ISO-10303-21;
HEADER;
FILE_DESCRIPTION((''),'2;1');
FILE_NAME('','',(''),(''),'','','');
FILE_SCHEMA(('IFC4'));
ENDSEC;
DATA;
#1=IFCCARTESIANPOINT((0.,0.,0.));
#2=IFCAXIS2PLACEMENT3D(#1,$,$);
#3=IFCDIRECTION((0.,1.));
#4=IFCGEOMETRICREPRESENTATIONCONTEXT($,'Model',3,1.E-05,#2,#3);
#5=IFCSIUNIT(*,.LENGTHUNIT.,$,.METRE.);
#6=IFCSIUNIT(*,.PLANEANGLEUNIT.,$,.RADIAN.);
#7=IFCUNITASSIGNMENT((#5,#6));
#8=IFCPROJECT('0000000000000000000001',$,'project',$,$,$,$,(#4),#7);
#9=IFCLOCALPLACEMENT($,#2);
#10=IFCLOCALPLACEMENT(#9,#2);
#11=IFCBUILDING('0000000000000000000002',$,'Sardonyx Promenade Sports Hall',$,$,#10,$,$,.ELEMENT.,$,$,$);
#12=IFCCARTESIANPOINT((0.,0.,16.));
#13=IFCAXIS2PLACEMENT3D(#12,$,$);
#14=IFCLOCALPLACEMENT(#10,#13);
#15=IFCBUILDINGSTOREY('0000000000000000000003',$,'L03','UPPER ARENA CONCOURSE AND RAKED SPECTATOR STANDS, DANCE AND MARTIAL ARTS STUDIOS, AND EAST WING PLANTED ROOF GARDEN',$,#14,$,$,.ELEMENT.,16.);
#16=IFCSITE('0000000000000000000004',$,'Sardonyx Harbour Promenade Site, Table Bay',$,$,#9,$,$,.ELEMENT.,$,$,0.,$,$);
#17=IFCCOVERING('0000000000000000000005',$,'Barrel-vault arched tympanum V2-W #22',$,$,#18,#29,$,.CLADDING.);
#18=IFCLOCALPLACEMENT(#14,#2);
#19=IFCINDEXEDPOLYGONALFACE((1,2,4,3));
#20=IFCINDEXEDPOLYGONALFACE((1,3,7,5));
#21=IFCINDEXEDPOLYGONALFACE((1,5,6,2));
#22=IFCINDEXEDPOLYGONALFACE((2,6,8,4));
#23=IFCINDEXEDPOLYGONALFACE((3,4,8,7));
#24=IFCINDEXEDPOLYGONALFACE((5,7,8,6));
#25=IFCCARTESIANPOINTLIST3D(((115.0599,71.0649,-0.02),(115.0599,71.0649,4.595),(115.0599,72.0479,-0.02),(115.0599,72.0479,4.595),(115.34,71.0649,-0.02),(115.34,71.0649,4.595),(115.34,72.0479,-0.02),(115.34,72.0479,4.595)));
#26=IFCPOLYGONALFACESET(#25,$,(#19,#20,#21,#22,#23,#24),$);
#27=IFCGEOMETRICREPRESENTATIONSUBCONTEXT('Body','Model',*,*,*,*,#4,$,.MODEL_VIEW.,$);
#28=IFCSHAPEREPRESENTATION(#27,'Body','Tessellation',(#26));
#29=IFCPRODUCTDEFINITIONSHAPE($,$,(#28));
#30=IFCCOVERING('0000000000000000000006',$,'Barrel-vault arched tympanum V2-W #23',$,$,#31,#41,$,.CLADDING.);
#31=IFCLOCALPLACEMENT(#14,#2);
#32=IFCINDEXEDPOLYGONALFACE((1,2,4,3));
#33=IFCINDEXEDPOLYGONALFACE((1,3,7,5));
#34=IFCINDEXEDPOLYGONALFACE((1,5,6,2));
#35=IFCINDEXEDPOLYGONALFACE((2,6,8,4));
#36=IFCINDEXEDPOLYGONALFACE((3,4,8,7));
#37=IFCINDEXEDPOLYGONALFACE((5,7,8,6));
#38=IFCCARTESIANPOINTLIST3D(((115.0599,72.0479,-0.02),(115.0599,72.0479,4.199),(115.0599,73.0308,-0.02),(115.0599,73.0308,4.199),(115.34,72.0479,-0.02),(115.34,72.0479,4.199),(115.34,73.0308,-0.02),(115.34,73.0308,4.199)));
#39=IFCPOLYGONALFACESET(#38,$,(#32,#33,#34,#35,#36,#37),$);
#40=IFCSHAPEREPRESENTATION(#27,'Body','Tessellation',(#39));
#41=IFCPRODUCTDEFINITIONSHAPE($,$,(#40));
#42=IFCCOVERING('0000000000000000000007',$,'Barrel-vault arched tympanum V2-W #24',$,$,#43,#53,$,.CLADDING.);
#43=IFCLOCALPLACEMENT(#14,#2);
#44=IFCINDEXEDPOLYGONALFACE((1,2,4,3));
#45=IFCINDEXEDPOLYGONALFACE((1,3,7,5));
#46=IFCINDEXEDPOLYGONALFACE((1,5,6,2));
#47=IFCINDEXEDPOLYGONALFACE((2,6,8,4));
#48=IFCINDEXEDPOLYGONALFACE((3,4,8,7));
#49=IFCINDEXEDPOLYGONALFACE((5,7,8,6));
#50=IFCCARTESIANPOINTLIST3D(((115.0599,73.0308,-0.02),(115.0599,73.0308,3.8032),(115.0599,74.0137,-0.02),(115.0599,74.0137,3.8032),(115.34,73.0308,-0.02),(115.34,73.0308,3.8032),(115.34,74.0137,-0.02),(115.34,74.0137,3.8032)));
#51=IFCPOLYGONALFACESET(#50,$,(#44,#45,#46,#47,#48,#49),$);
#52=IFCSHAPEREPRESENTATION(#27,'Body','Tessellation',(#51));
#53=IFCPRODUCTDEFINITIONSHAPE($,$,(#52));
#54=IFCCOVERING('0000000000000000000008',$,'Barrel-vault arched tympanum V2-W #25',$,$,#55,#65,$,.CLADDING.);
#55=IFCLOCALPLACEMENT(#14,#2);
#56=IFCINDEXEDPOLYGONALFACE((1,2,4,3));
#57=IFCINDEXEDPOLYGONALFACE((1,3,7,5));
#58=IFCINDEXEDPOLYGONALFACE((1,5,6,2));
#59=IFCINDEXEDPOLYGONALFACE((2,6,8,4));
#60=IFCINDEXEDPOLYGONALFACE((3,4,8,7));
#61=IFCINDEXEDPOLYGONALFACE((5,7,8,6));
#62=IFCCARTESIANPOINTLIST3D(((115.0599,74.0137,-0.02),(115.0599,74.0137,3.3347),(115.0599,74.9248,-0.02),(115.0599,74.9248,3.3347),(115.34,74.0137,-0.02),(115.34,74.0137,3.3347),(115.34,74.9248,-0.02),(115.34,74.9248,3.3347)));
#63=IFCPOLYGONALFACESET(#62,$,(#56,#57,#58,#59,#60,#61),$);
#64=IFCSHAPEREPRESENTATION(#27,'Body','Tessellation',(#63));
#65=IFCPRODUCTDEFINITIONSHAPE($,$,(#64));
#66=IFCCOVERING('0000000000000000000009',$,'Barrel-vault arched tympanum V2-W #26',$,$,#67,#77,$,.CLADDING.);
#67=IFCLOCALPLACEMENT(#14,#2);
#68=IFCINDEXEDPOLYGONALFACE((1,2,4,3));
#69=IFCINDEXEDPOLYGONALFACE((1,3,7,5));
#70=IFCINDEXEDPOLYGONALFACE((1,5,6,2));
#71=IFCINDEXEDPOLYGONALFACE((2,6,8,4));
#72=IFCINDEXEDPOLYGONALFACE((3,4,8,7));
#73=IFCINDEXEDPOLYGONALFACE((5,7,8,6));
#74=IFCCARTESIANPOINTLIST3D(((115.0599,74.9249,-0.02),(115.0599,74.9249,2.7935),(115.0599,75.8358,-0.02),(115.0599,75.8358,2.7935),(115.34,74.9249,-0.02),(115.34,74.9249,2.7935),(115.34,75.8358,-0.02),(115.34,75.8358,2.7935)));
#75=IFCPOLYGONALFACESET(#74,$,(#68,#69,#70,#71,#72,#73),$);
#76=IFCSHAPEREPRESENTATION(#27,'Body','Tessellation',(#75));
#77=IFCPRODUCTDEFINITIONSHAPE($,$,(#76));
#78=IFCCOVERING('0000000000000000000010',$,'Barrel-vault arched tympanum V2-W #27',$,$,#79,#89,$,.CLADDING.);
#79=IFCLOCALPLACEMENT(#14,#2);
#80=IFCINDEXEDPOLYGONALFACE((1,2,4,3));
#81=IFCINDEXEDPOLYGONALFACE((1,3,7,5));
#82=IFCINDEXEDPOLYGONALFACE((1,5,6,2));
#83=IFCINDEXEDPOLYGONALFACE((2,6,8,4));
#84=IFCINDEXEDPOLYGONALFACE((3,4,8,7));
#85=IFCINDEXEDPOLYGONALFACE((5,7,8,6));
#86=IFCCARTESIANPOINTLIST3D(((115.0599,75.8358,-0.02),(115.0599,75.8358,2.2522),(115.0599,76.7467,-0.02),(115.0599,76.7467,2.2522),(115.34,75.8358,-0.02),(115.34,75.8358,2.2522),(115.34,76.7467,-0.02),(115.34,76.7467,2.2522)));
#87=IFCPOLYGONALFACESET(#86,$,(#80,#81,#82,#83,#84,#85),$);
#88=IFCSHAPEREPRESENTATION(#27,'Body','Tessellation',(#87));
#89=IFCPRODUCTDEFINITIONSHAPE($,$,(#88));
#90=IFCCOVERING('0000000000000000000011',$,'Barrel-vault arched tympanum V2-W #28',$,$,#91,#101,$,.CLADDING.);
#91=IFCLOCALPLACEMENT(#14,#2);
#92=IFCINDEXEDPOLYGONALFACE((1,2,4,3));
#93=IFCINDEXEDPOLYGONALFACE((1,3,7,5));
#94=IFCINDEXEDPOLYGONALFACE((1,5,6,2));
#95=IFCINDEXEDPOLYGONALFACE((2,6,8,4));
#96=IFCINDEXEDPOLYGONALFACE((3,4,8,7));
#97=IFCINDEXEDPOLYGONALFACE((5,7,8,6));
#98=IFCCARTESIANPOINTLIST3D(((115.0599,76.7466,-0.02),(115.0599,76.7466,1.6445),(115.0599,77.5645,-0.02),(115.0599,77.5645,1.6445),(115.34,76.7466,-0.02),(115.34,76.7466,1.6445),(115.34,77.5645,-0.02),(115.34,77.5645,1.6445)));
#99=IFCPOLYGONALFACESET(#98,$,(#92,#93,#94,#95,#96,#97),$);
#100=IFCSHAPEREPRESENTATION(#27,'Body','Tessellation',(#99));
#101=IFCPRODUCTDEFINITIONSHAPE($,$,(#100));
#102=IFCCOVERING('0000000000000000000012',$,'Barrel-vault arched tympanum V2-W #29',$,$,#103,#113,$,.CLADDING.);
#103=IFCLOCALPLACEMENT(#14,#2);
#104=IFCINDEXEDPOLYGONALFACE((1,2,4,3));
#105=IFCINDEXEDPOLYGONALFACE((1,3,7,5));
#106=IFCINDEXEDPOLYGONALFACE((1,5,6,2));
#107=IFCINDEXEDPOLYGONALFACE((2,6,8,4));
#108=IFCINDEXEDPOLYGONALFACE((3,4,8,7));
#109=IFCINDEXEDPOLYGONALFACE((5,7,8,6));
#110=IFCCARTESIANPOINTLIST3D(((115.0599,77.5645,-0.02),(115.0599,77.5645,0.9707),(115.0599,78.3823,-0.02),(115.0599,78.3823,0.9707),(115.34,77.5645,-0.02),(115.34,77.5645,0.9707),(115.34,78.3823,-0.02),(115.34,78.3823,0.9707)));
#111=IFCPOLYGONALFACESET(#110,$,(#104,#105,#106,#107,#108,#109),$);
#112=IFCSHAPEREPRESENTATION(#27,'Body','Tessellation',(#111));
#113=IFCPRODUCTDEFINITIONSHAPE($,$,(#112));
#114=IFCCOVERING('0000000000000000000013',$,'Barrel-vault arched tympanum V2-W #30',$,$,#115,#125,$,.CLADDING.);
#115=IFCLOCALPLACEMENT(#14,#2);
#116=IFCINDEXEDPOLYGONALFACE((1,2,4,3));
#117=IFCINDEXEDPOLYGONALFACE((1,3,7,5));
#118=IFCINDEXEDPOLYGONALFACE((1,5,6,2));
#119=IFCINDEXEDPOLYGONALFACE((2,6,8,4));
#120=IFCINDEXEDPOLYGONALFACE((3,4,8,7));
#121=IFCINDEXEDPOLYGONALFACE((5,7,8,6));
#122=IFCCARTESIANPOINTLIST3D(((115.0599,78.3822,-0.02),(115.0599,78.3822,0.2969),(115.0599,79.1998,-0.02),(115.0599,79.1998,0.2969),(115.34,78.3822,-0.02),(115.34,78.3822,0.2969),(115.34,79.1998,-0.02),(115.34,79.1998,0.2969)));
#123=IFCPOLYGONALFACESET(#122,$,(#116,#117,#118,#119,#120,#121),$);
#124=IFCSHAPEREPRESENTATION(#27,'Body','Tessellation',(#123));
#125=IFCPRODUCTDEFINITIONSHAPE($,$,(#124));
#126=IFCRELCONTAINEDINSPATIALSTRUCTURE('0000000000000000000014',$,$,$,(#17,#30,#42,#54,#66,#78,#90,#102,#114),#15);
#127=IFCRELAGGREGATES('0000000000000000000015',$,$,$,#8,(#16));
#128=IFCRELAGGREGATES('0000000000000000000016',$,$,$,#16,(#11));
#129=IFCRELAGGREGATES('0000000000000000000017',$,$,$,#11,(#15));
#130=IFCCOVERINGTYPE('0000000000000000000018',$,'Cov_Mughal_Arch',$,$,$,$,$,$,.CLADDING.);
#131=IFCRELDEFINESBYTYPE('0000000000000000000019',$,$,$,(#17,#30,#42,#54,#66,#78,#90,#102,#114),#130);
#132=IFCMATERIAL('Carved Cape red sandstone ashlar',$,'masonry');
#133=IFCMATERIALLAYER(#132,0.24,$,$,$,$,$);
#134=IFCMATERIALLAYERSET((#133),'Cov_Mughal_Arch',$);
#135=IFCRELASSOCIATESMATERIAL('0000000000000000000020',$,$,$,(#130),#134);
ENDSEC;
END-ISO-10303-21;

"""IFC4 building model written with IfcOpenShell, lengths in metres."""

from ifc_helpers import new_model, si_unit, direction, frame, frame_2d, origin, place, context, subcontext, project, spatial, rectangle, extrude, material, layer, layer_set, type_object, element, save


model = new_model("IFC4")

# Units and contexts
model_context = context("Model", 3, precision=1e-05, world=origin(), true_north=direction((0.0, 1.0)))
body_context = subcontext(model_context, "Body", "Model", "MODEL_VIEW")
ifc_project = project(units=[si_unit("LENGTHUNIT", "METRE"), si_unit("PLANEANGLEUNIT", "RADIAN")], contexts=[model_context])

# Site, building, storey
site_placement = place(None, origin())
site = spatial("IfcSite", under=ifc_project, at=site_placement, Name="Sardonyx Harbour Promenade Site, Table Bay", CompositionType="ELEMENT", RefElevation=0.0)
building_placement = place(site_placement, origin())
building = spatial("IfcBuilding", under=site, at=building_placement, Name="Sardonyx Promenade Sports Hall", CompositionType="ELEMENT")
storey_placement = place(building_placement, frame((0.0, 0.0, 16.0)))
storey = spatial("IfcBuildingStorey", under=building, at=storey_placement, Name="L03", Description="UPPER ARENA CONCOURSE AND RAKED SPECTATOR STANDS, DANCE AND MARTIAL ARTS STUDIOS, AND EAST WING PLANTED ROOF GARDEN", CompositionType="ELEMENT", Elevation=16.0)

# Coverings
ifc_material_1 = material(Name="Carved Cape red sandstone ashlar", Category="masonry")
ifc_layer_1 = layer(ifc_material_1, 0.24)
ifc_layer_set_1 = layer_set([ifc_layer_1], Name="Cov_Mughal_Arch")
covering_type = type_object("IfcCoveringType", Name="Cov_Mughal_Arch", PredefinedType="CLADDING", material=ifc_layer_set_1)
covering_1_placement = place(storey_placement, frame((115.2, 71.0649, -0.02), z_axis=(0.0, 0.0, 1.0), x_axis=(0.0, 1.0, 0.0)))
element("IfcCovering", 1, at=covering_1_placement, inside=storey, type_object=covering_type, Name="Barrel-vault arched tympanum V2-W #22", PredefinedType="CLADDING", context=body_context, shape_type="SweptSolid", body=[
    extrude(rectangle(XDim=0.9829, YDim=0.28, at=frame_2d((0.4915, 0.0))), origin(), (0.0, 0.0, 1.0), 4.615),
])
covering_2_placement = place(storey_placement, frame((115.2, 72.0479, -0.02), z_axis=(0.0, 0.0, 1.0), x_axis=(0.0, 1.0, 0.0)))
element("IfcCovering", 2, at=covering_2_placement, inside=storey, type_object=covering_type, Name="Barrel-vault arched tympanum V2-W #23", PredefinedType="CLADDING", context=body_context, shape_type="SweptSolid", body=[
    extrude(rectangle(XDim=0.9829, YDim=0.28, at=frame_2d((0.4915, 0.0))), origin(), (0.0, 0.0, 1.0), 4.219),
])
covering_3_placement = place(storey_placement, frame((115.2, 73.0308, -0.02), z_axis=(0.0, 0.0, 1.0), x_axis=(0.0, 1.0, 0.0)))
element("IfcCovering", 3, at=covering_3_placement, inside=storey, type_object=covering_type, Name="Barrel-vault arched tympanum V2-W #24", PredefinedType="CLADDING", context=body_context, shape_type="SweptSolid", body=[
    extrude(rectangle(XDim=0.9829, YDim=0.28, at=frame_2d((0.4915, 0.0))), origin(), (0.0, 0.0, 1.0), 3.8232),
])
covering_4_placement = place(storey_placement, frame((115.2, 74.0137, -0.02), z_axis=(0.0, 0.0, 1.0), x_axis=(0.0, 1.0, 0.0)))
element("IfcCovering", 4, at=covering_4_placement, inside=storey, type_object=covering_type, Name="Barrel-vault arched tympanum V2-W #25", PredefinedType="CLADDING", context=body_context, shape_type="SweptSolid", body=[
    extrude(rectangle(XDim=0.9111, YDim=0.28, at=frame_2d((0.4556, 0.0))), origin(), (0.0, 0.0, 1.0), 3.3547),
])
covering_5_placement = place(storey_placement, frame((115.2, 74.9248, -0.02), z_axis=(0.0, 0.0, 1.0), x_axis=(0.0, 1.0, 0.0)))
element("IfcCovering", 5, at=covering_5_placement, inside=storey, type_object=covering_type, Name="Barrel-vault arched tympanum V2-W #26", PredefinedType="CLADDING", context=body_context, shape_type="SweptSolid", body=[
    extrude(rectangle(XDim=0.9109, YDim=0.28, at=frame_2d((0.4556, 0.0))), origin(), (0.0, 0.0, 1.0), 2.8135),
])
covering_6_placement = place(storey_placement, frame((115.2, 75.8357, -0.02), z_axis=(0.0, 0.0, 1.0), x_axis=(0.0, 1.0, 0.0)))
element("IfcCovering", 6, at=covering_6_placement, inside=storey, type_object=covering_type, Name="Barrel-vault arched tympanum V2-W #27", PredefinedType="CLADDING", context=body_context, shape_type="SweptSolid", body=[
    extrude(rectangle(XDim=0.9109, YDim=0.28, at=frame_2d((0.4556, 0.0))), origin(), (0.0, 0.0, 1.0), 2.2722),
])
covering_7_placement = place(storey_placement, frame((115.2, 76.7466, -0.02), z_axis=(0.0, 0.0, 1.0), x_axis=(0.0, 1.0, 0.0)))
element("IfcCovering", 7, at=covering_7_placement, inside=storey, type_object=covering_type, Name="Barrel-vault arched tympanum V2-W #28", PredefinedType="CLADDING", context=body_context, shape_type="SweptSolid", body=[
    extrude(rectangle(XDim=0.8179, YDim=0.28, at=frame_2d((0.4089, 0.0))), origin(), (0.0, 0.0, 1.0), 1.6646),
])
covering_8_placement = place(storey_placement, frame((115.2, 77.5645, -0.02), z_axis=(0.0, 0.0, 1.0), x_axis=(0.0, 1.0, 0.0)))
element("IfcCovering", 8, at=covering_8_placement, inside=storey, type_object=covering_type, Name="Barrel-vault arched tympanum V2-W #29", PredefinedType="CLADDING", context=body_context, shape_type="SweptSolid", body=[
    extrude(rectangle(XDim=0.8179, YDim=0.28, at=frame_2d((0.4089, 0.0))), origin(), (0.0, 0.0, 1.0), 0.9907),
])
covering_9_placement = place(storey_placement, frame((115.2, 78.3823, -0.02), z_axis=(0.0, 0.0, 1.0), x_axis=(0.0, 1.0, 0.0)))
element("IfcCovering", 9, at=covering_9_placement, inside=storey, type_object=covering_type, Name="Barrel-vault arched tympanum V2-W #30", PredefinedType="CLADDING", context=body_context, shape_type="SweptSolid", body=[
    extrude(rectangle(XDim=0.8176, YDim=0.28, at=frame_2d((0.4087, 0.0))), origin(), (0.0, 0.0, 1.0), 0.3169),
])

save(model, "model.ifc")
